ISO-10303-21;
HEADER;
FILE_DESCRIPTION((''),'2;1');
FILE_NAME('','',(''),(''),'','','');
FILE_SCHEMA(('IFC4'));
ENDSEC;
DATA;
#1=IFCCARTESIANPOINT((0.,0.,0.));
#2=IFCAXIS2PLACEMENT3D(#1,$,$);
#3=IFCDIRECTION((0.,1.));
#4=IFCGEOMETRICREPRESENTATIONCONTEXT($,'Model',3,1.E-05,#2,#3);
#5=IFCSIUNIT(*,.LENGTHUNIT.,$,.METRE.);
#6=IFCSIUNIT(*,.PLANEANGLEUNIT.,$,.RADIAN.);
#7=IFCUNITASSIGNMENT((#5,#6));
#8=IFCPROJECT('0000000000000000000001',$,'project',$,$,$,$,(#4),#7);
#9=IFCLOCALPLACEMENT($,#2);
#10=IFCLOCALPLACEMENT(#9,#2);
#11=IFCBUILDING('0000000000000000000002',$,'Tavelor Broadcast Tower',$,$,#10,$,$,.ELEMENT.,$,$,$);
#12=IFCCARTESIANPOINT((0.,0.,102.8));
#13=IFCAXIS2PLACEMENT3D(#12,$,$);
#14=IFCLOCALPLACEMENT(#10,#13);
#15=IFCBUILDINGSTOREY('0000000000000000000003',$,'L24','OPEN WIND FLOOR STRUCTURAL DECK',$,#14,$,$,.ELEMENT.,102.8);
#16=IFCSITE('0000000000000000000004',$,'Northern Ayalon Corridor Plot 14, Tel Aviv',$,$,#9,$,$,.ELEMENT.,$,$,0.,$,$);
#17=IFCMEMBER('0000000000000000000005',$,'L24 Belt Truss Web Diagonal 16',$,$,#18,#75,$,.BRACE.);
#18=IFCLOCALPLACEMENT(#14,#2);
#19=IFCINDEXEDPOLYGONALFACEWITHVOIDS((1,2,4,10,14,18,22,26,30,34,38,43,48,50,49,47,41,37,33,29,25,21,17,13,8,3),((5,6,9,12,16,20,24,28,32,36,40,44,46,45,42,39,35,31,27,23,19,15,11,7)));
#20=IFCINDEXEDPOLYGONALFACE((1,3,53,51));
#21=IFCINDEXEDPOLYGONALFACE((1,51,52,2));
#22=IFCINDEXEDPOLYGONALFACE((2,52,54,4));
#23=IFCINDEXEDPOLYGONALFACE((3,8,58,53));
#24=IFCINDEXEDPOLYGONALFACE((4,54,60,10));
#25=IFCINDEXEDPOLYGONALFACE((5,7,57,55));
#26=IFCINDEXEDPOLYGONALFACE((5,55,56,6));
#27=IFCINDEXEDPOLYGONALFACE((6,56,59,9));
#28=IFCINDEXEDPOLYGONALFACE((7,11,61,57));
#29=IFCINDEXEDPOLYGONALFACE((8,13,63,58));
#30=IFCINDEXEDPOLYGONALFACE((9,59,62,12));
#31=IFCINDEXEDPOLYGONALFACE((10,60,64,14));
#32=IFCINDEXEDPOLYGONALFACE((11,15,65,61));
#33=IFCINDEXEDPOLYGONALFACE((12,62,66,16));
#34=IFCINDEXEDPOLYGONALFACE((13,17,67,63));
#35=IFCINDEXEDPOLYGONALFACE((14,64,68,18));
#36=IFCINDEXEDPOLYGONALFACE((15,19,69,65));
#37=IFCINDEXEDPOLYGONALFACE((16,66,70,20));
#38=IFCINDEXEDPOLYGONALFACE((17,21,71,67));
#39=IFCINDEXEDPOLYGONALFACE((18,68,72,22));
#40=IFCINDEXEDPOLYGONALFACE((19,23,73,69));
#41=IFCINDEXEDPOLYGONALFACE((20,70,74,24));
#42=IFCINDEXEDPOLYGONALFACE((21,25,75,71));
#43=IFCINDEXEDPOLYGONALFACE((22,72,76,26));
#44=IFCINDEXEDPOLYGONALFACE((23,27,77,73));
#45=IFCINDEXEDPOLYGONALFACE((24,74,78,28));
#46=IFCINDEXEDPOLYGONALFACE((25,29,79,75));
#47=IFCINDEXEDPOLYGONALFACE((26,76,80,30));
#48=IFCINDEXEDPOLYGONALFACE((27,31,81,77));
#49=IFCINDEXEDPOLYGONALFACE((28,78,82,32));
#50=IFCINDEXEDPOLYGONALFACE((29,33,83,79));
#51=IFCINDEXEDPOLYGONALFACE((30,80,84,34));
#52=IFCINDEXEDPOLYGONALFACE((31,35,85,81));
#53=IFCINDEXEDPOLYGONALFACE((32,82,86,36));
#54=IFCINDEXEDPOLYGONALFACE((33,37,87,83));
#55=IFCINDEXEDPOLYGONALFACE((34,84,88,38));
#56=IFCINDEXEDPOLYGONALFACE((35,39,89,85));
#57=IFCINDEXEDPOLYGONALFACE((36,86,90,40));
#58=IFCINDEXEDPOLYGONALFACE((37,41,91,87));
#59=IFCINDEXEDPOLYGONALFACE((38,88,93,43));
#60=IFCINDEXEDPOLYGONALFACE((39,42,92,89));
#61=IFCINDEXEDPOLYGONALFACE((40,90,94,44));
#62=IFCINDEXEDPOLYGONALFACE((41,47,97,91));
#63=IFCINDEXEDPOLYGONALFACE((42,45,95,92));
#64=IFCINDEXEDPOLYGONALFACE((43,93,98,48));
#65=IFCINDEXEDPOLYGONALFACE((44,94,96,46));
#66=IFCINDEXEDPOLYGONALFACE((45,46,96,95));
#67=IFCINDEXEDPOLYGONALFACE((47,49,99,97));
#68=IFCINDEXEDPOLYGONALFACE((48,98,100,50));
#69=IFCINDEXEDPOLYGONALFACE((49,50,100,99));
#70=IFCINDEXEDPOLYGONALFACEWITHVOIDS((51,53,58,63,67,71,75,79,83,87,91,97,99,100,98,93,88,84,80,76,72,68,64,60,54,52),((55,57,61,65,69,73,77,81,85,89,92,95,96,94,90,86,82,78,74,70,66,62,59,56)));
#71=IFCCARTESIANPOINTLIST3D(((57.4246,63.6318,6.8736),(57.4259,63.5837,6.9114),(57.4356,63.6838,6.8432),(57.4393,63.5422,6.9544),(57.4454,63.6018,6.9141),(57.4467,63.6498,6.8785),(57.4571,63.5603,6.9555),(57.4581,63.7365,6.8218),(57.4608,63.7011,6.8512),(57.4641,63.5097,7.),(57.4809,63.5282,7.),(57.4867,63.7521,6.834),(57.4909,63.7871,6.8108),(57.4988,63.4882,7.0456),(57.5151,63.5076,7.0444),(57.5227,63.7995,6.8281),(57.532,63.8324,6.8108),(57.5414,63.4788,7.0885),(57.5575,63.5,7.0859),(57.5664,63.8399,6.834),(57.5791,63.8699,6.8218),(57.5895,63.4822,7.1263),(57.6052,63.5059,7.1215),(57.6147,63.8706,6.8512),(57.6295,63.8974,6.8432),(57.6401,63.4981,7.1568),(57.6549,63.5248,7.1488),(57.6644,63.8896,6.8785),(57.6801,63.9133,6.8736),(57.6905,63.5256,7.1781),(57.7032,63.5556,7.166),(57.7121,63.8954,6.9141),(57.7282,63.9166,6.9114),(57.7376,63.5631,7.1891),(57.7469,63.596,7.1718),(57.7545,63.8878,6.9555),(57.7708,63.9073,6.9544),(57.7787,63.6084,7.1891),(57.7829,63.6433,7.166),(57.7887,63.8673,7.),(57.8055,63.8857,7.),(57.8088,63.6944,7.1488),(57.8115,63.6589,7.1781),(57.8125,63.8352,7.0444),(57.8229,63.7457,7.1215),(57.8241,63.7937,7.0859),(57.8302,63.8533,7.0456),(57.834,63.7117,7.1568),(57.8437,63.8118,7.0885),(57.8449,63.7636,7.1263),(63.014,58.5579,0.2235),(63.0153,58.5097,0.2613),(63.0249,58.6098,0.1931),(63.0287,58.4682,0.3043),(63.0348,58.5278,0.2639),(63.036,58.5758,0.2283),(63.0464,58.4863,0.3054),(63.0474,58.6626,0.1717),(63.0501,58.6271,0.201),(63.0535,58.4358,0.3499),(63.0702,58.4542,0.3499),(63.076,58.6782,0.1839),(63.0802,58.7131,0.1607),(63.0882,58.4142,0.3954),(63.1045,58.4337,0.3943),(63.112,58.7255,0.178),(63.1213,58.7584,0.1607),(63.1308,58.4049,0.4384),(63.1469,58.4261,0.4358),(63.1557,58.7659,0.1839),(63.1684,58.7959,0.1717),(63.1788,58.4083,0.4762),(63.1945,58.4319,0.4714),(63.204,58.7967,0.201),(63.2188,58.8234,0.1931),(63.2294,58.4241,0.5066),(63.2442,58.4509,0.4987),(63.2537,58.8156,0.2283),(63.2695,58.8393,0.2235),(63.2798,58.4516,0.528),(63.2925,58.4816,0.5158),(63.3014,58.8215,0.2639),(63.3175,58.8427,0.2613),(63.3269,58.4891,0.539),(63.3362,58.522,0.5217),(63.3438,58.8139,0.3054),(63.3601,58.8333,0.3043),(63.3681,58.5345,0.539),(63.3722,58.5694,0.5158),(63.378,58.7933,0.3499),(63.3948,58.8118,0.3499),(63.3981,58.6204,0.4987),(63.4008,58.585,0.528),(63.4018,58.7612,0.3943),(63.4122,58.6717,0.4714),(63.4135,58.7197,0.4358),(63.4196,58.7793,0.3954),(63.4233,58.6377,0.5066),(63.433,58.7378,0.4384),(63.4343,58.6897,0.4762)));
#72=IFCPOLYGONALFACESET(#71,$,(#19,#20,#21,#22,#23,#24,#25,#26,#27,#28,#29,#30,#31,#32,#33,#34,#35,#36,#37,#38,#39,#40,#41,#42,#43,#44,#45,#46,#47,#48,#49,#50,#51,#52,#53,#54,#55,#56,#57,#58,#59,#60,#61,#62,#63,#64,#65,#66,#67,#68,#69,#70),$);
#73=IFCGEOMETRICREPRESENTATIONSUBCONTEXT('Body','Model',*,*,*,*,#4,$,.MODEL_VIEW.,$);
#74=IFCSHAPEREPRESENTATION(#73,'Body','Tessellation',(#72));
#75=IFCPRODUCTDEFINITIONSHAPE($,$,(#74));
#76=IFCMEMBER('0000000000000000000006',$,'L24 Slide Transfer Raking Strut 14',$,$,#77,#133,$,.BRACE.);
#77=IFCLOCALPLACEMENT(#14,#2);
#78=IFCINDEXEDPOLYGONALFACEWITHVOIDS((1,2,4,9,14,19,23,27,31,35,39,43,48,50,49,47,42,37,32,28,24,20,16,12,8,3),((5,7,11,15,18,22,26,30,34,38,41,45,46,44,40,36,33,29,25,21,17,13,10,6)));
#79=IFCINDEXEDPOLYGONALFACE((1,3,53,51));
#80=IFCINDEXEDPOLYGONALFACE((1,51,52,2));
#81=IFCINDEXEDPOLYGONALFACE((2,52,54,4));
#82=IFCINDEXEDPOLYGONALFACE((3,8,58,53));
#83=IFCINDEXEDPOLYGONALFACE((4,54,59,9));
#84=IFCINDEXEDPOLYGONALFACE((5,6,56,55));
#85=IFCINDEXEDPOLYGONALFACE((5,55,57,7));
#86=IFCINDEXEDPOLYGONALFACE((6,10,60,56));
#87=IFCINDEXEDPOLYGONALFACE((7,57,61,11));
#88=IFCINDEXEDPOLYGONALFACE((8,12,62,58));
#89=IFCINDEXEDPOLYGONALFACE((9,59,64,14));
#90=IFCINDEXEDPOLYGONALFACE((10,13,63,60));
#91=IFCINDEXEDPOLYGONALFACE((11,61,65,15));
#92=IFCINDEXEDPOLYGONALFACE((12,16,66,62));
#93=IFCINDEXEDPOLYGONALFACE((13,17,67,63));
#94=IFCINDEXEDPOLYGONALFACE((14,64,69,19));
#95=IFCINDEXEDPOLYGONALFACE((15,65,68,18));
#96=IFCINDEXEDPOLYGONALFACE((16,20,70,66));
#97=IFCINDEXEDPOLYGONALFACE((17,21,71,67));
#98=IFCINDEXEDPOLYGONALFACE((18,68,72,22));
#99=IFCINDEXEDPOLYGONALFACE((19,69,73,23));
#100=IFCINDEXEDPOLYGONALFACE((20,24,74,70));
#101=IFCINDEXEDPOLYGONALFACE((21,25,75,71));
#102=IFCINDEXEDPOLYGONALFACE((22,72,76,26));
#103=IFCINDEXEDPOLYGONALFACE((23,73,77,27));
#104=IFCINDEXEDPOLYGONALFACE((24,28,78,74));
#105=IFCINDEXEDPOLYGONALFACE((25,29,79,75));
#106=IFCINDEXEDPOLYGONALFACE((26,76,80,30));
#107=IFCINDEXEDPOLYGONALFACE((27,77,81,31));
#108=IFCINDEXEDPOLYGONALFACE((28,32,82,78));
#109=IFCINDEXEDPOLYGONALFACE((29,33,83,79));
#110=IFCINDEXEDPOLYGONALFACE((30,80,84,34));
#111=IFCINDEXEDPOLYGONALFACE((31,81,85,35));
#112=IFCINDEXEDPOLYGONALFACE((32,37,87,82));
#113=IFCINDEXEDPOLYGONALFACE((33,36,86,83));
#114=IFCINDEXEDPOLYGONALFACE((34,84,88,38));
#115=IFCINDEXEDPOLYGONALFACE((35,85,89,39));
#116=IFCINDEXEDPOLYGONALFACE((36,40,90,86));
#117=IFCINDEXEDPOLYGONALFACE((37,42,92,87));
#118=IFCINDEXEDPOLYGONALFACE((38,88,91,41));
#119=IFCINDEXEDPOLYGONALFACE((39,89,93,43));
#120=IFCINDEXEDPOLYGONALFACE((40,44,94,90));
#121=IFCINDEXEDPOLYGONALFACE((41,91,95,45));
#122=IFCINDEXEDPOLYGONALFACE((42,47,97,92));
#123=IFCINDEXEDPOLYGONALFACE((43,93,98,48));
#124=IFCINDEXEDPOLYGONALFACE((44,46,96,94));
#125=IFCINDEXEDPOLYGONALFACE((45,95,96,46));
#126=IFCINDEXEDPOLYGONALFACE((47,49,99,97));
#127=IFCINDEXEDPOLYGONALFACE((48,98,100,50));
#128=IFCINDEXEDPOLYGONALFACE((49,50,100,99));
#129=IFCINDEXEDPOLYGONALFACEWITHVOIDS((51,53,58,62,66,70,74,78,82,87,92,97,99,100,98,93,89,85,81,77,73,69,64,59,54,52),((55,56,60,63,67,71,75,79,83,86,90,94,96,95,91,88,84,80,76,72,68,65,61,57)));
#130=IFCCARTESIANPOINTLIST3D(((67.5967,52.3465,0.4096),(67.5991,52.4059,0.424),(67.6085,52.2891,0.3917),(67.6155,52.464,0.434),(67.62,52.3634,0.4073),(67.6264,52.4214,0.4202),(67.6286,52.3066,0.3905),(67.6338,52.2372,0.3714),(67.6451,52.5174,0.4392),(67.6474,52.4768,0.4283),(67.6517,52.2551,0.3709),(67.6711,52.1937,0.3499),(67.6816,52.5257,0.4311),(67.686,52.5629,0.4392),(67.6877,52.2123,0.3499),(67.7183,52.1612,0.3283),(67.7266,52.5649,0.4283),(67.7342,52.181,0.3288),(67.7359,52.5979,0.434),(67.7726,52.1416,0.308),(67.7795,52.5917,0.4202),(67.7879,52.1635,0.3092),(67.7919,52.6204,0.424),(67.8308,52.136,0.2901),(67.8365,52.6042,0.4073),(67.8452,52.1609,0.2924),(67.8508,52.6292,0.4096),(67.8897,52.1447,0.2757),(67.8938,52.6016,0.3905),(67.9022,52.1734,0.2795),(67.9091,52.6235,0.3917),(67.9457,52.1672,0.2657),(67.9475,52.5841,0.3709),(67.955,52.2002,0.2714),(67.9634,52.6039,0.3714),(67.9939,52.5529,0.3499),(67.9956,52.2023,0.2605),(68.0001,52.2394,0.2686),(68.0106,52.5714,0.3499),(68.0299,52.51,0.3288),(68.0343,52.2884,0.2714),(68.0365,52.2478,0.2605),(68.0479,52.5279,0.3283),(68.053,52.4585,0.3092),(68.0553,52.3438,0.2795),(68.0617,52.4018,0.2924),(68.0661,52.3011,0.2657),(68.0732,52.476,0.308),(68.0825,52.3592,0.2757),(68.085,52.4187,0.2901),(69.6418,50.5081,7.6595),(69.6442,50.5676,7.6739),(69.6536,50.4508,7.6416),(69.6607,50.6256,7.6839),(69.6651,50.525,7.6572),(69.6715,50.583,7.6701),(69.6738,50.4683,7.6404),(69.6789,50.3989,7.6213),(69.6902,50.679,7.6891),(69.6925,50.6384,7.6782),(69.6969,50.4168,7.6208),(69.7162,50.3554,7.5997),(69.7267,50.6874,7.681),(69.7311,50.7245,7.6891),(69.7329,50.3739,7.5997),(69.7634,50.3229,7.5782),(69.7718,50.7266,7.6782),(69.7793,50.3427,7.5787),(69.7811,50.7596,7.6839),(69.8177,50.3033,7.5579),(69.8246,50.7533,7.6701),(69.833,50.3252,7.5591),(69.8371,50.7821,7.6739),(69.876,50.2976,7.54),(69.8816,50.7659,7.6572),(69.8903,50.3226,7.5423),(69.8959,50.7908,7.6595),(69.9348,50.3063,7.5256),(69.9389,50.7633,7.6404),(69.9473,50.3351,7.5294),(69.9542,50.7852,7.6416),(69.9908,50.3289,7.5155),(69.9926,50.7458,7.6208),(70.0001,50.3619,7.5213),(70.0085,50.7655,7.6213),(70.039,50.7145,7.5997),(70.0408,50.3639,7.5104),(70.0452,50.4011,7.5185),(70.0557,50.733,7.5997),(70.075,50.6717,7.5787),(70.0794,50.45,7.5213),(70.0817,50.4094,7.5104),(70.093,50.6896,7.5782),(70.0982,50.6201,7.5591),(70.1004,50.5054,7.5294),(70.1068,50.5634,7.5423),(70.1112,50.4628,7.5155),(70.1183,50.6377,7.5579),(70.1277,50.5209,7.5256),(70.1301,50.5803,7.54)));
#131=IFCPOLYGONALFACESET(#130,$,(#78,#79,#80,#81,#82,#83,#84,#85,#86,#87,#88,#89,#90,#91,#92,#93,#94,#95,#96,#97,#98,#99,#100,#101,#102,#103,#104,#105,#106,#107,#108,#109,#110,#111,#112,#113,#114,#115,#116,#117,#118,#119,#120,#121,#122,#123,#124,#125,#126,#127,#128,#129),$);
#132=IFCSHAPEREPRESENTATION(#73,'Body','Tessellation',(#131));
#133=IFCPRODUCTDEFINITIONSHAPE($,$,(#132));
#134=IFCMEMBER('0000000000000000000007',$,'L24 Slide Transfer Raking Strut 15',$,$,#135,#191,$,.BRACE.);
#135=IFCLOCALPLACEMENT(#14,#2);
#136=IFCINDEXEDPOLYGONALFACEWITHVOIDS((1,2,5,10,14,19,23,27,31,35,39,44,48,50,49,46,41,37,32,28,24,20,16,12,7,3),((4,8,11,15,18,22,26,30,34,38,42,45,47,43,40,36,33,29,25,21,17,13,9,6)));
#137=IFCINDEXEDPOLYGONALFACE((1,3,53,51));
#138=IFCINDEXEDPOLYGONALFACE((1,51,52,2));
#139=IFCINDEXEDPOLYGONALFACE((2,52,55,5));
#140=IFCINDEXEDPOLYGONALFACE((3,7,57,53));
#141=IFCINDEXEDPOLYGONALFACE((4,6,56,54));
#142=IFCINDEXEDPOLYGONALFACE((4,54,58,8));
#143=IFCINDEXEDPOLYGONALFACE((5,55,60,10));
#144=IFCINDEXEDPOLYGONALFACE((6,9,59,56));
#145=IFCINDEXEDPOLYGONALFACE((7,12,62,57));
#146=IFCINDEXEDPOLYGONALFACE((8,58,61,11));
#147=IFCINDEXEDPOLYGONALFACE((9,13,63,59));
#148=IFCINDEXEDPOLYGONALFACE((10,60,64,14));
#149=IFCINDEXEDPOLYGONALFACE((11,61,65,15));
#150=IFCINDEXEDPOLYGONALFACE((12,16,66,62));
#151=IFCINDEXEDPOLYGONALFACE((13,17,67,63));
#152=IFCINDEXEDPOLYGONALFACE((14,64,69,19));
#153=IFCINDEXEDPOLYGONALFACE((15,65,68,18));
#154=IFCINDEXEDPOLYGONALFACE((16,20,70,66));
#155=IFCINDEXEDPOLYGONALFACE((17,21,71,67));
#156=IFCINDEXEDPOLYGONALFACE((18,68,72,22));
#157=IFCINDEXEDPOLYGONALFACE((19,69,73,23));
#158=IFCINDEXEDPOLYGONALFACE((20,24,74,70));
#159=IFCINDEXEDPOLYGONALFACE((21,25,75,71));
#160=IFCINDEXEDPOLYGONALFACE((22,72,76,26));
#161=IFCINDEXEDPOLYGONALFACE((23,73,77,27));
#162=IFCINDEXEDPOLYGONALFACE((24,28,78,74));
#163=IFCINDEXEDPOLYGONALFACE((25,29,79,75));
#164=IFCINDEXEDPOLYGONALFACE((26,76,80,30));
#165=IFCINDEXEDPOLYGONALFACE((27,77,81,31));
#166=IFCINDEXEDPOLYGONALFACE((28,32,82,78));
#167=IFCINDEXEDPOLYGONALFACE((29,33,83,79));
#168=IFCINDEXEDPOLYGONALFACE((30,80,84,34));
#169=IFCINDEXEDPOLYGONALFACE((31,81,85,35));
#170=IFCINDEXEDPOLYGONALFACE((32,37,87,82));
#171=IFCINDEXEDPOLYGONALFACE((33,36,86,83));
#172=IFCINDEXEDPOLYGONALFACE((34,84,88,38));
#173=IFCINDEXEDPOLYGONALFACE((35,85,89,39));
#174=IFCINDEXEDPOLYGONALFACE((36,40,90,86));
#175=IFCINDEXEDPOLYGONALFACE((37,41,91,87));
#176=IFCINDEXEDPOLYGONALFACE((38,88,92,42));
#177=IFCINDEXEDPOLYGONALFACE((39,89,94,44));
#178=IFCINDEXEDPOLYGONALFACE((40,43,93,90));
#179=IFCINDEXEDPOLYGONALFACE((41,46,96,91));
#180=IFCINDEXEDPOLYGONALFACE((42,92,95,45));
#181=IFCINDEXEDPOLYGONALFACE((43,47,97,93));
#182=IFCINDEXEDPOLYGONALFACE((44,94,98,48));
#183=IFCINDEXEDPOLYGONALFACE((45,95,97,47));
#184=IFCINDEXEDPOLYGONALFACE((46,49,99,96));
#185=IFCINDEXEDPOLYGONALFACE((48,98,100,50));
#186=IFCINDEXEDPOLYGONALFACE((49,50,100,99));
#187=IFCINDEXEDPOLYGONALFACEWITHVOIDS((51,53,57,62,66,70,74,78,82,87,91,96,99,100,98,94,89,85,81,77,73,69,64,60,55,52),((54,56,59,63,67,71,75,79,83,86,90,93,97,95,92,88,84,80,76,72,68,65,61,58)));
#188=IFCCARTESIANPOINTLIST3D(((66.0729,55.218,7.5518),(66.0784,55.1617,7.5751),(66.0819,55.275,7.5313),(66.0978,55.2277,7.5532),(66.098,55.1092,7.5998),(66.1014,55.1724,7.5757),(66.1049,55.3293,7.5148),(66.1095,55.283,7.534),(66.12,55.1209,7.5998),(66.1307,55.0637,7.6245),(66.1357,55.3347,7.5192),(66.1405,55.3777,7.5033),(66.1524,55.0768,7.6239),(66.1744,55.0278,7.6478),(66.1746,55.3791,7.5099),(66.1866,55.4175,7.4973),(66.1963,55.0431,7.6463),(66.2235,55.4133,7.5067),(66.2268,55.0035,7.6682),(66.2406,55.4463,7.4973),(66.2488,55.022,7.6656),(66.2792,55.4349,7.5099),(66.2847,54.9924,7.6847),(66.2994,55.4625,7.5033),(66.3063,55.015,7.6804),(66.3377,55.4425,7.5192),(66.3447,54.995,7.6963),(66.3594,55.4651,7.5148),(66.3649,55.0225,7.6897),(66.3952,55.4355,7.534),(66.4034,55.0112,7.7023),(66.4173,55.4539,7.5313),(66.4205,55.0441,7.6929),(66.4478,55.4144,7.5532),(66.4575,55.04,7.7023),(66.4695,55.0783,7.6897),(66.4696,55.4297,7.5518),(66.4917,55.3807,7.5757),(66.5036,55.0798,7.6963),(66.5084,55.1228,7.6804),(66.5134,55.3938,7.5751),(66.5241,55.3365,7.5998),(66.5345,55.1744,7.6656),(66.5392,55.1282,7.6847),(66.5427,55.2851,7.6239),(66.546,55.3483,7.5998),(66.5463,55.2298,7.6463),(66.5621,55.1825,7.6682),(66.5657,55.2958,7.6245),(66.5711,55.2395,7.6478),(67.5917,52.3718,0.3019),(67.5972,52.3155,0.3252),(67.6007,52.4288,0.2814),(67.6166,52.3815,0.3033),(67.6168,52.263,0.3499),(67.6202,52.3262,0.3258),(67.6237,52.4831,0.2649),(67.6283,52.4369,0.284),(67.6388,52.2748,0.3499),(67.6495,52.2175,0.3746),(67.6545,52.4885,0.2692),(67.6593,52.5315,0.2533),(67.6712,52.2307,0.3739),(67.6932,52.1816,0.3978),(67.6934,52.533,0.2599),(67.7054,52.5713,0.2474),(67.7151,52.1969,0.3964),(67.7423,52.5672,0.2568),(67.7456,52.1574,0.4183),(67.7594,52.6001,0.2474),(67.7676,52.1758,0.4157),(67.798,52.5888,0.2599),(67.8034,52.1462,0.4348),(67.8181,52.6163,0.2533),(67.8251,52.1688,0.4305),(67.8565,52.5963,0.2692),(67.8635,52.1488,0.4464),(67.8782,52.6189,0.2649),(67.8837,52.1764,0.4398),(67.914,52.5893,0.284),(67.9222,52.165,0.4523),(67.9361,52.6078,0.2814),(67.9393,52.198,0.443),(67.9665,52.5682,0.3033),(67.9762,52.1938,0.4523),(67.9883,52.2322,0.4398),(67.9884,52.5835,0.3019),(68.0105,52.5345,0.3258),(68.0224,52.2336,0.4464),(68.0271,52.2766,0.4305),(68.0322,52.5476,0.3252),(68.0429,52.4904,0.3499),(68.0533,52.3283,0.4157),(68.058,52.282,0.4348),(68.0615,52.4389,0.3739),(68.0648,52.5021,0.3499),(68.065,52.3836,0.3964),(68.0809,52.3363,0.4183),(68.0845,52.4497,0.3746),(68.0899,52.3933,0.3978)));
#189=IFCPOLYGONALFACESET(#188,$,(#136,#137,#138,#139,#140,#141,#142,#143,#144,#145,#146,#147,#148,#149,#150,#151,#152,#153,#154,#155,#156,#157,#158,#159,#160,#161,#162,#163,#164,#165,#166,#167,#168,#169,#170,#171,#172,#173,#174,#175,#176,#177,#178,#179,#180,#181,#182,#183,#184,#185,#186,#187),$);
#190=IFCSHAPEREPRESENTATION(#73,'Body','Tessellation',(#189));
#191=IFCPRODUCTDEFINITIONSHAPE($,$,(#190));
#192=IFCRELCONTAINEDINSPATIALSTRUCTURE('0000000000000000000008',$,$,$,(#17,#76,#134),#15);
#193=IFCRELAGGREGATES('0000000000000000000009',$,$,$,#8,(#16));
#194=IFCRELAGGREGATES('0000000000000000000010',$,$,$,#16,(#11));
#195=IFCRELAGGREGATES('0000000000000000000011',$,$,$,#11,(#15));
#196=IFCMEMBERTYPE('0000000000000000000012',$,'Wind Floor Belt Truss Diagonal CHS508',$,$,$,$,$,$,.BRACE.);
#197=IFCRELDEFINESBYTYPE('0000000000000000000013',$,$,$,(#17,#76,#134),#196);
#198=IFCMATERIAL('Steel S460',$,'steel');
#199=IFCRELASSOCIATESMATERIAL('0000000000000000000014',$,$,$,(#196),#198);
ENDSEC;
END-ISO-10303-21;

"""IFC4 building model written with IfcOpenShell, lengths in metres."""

from ifc_helpers import new_model, si_unit, direction, frame, origin, origin_2d, place, context, subcontext, project, spatial, hollow_circle, extrude, material, material_profile, profile_set, type_object, element, save


model = new_model("IFC4")

# Units and contexts
model_context = context("Model", 3, precision=1e-05, world=origin(), true_north=direction((0.0, 1.0)))
body_context = subcontext(model_context, "Body", "Model", "MODEL_VIEW")
ifc_project = project(units=[si_unit("LENGTHUNIT", "METRE"), si_unit("PLANEANGLEUNIT", "RADIAN")], contexts=[model_context])

# Site, building, storey
site_placement = place(None, origin())
site = spatial("IfcSite", under=ifc_project, at=site_placement, Name="Northern Ayalon Corridor Plot 14, Tel Aviv", CompositionType="ELEMENT", RefElevation=0.0)
building_placement = place(site_placement, origin())
building = spatial("IfcBuilding", under=site, at=building_placement, Name="Tavelor Broadcast Tower", CompositionType="ELEMENT")
storey_placement = place(building_placement, frame((0.0, 0.0, 102.8)))
storey = spatial("IfcBuildingStorey", under=building, at=storey_placement, Name="L24", Description="OPEN WIND FLOOR STRUCTURAL DECK", CompositionType="ELEMENT", Elevation=102.8)

# Shared definitions
ifc_material_1 = material(Name="Steel S460", Category="steel")

# Members
ifc_material_profile_1 = material_profile(ifc_material_1, hollow_circle(Radius=0.2539, WallThickness=0.0249, at=origin_2d()), Name="CHS 508x25")
ifc_profile_set_1 = profile_set([ifc_material_profile_1], Name="Steel S460")
member_type_1 = type_object("IfcMemberType", Name="Wind Floor Belt Truss Diagonal CHS508", PredefinedType="BRACE", material=ifc_profile_set_1)
member_1_placement = place(storey_placement, frame((63.2241, 58.6238, 0.3499), z_axis=(-0.555583, 0.504354, 0.661026), x_axis=(-0.672146, -0.740418, 0.0)))
element("IfcMember", 1, at=member_1_placement, inside=storey, type_object=member_type_1, Name="L24 Belt Truss Web Diagonal 16", PredefinedType="BRACE", context=body_context, shape_type="SweptSolid", body=[
    extrude(hollow_circle(Radius=0.2539, WallThickness=0.0249, at=origin_2d()), origin(), (0.0, 0.0, 1.0), 10.0603),
])
member_2_placement = place(storey_placement, frame((67.8408, 52.3826, 0.3499), z_axis=(0.263756, -0.237087, 0.934999), x_axis=(0.668508, 0.743705, 0.0)))
element("IfcMember", 2, at=member_2_placement, inside=storey, type_object=member_type_1, Name="L24 Slide Transfer Raking Strut 14", PredefinedType="BRACE", context=body_context, shape_type="SweptSolid", body=[
    extrude(hollow_circle(Radius=0.2539, WallThickness=0.0249, at=origin_2d()), origin(), (0.0, 0.0, 1.0), 7.7539),
])
member_3_placement = place(storey_placement, frame((67.8408, 52.3826, 0.3499), z_axis=(-0.191396, 0.358672, 0.913631), x_axis=(-0.882246, -0.470789, 0.0)))
element("IfcMember", 3, at=member_3_placement, inside=storey, type_object=member_type_1, Name="L24 Slide Transfer Raking Strut 15", PredefinedType="BRACE", context=body_context, shape_type="SweptSolid", body=[
    extrude(hollow_circle(Radius=0.2539, WallThickness=0.0249, at=origin_2d()), origin(), (0.0, 0.0, 1.0), 7.9353),
])

save(model, "model.ifc")
